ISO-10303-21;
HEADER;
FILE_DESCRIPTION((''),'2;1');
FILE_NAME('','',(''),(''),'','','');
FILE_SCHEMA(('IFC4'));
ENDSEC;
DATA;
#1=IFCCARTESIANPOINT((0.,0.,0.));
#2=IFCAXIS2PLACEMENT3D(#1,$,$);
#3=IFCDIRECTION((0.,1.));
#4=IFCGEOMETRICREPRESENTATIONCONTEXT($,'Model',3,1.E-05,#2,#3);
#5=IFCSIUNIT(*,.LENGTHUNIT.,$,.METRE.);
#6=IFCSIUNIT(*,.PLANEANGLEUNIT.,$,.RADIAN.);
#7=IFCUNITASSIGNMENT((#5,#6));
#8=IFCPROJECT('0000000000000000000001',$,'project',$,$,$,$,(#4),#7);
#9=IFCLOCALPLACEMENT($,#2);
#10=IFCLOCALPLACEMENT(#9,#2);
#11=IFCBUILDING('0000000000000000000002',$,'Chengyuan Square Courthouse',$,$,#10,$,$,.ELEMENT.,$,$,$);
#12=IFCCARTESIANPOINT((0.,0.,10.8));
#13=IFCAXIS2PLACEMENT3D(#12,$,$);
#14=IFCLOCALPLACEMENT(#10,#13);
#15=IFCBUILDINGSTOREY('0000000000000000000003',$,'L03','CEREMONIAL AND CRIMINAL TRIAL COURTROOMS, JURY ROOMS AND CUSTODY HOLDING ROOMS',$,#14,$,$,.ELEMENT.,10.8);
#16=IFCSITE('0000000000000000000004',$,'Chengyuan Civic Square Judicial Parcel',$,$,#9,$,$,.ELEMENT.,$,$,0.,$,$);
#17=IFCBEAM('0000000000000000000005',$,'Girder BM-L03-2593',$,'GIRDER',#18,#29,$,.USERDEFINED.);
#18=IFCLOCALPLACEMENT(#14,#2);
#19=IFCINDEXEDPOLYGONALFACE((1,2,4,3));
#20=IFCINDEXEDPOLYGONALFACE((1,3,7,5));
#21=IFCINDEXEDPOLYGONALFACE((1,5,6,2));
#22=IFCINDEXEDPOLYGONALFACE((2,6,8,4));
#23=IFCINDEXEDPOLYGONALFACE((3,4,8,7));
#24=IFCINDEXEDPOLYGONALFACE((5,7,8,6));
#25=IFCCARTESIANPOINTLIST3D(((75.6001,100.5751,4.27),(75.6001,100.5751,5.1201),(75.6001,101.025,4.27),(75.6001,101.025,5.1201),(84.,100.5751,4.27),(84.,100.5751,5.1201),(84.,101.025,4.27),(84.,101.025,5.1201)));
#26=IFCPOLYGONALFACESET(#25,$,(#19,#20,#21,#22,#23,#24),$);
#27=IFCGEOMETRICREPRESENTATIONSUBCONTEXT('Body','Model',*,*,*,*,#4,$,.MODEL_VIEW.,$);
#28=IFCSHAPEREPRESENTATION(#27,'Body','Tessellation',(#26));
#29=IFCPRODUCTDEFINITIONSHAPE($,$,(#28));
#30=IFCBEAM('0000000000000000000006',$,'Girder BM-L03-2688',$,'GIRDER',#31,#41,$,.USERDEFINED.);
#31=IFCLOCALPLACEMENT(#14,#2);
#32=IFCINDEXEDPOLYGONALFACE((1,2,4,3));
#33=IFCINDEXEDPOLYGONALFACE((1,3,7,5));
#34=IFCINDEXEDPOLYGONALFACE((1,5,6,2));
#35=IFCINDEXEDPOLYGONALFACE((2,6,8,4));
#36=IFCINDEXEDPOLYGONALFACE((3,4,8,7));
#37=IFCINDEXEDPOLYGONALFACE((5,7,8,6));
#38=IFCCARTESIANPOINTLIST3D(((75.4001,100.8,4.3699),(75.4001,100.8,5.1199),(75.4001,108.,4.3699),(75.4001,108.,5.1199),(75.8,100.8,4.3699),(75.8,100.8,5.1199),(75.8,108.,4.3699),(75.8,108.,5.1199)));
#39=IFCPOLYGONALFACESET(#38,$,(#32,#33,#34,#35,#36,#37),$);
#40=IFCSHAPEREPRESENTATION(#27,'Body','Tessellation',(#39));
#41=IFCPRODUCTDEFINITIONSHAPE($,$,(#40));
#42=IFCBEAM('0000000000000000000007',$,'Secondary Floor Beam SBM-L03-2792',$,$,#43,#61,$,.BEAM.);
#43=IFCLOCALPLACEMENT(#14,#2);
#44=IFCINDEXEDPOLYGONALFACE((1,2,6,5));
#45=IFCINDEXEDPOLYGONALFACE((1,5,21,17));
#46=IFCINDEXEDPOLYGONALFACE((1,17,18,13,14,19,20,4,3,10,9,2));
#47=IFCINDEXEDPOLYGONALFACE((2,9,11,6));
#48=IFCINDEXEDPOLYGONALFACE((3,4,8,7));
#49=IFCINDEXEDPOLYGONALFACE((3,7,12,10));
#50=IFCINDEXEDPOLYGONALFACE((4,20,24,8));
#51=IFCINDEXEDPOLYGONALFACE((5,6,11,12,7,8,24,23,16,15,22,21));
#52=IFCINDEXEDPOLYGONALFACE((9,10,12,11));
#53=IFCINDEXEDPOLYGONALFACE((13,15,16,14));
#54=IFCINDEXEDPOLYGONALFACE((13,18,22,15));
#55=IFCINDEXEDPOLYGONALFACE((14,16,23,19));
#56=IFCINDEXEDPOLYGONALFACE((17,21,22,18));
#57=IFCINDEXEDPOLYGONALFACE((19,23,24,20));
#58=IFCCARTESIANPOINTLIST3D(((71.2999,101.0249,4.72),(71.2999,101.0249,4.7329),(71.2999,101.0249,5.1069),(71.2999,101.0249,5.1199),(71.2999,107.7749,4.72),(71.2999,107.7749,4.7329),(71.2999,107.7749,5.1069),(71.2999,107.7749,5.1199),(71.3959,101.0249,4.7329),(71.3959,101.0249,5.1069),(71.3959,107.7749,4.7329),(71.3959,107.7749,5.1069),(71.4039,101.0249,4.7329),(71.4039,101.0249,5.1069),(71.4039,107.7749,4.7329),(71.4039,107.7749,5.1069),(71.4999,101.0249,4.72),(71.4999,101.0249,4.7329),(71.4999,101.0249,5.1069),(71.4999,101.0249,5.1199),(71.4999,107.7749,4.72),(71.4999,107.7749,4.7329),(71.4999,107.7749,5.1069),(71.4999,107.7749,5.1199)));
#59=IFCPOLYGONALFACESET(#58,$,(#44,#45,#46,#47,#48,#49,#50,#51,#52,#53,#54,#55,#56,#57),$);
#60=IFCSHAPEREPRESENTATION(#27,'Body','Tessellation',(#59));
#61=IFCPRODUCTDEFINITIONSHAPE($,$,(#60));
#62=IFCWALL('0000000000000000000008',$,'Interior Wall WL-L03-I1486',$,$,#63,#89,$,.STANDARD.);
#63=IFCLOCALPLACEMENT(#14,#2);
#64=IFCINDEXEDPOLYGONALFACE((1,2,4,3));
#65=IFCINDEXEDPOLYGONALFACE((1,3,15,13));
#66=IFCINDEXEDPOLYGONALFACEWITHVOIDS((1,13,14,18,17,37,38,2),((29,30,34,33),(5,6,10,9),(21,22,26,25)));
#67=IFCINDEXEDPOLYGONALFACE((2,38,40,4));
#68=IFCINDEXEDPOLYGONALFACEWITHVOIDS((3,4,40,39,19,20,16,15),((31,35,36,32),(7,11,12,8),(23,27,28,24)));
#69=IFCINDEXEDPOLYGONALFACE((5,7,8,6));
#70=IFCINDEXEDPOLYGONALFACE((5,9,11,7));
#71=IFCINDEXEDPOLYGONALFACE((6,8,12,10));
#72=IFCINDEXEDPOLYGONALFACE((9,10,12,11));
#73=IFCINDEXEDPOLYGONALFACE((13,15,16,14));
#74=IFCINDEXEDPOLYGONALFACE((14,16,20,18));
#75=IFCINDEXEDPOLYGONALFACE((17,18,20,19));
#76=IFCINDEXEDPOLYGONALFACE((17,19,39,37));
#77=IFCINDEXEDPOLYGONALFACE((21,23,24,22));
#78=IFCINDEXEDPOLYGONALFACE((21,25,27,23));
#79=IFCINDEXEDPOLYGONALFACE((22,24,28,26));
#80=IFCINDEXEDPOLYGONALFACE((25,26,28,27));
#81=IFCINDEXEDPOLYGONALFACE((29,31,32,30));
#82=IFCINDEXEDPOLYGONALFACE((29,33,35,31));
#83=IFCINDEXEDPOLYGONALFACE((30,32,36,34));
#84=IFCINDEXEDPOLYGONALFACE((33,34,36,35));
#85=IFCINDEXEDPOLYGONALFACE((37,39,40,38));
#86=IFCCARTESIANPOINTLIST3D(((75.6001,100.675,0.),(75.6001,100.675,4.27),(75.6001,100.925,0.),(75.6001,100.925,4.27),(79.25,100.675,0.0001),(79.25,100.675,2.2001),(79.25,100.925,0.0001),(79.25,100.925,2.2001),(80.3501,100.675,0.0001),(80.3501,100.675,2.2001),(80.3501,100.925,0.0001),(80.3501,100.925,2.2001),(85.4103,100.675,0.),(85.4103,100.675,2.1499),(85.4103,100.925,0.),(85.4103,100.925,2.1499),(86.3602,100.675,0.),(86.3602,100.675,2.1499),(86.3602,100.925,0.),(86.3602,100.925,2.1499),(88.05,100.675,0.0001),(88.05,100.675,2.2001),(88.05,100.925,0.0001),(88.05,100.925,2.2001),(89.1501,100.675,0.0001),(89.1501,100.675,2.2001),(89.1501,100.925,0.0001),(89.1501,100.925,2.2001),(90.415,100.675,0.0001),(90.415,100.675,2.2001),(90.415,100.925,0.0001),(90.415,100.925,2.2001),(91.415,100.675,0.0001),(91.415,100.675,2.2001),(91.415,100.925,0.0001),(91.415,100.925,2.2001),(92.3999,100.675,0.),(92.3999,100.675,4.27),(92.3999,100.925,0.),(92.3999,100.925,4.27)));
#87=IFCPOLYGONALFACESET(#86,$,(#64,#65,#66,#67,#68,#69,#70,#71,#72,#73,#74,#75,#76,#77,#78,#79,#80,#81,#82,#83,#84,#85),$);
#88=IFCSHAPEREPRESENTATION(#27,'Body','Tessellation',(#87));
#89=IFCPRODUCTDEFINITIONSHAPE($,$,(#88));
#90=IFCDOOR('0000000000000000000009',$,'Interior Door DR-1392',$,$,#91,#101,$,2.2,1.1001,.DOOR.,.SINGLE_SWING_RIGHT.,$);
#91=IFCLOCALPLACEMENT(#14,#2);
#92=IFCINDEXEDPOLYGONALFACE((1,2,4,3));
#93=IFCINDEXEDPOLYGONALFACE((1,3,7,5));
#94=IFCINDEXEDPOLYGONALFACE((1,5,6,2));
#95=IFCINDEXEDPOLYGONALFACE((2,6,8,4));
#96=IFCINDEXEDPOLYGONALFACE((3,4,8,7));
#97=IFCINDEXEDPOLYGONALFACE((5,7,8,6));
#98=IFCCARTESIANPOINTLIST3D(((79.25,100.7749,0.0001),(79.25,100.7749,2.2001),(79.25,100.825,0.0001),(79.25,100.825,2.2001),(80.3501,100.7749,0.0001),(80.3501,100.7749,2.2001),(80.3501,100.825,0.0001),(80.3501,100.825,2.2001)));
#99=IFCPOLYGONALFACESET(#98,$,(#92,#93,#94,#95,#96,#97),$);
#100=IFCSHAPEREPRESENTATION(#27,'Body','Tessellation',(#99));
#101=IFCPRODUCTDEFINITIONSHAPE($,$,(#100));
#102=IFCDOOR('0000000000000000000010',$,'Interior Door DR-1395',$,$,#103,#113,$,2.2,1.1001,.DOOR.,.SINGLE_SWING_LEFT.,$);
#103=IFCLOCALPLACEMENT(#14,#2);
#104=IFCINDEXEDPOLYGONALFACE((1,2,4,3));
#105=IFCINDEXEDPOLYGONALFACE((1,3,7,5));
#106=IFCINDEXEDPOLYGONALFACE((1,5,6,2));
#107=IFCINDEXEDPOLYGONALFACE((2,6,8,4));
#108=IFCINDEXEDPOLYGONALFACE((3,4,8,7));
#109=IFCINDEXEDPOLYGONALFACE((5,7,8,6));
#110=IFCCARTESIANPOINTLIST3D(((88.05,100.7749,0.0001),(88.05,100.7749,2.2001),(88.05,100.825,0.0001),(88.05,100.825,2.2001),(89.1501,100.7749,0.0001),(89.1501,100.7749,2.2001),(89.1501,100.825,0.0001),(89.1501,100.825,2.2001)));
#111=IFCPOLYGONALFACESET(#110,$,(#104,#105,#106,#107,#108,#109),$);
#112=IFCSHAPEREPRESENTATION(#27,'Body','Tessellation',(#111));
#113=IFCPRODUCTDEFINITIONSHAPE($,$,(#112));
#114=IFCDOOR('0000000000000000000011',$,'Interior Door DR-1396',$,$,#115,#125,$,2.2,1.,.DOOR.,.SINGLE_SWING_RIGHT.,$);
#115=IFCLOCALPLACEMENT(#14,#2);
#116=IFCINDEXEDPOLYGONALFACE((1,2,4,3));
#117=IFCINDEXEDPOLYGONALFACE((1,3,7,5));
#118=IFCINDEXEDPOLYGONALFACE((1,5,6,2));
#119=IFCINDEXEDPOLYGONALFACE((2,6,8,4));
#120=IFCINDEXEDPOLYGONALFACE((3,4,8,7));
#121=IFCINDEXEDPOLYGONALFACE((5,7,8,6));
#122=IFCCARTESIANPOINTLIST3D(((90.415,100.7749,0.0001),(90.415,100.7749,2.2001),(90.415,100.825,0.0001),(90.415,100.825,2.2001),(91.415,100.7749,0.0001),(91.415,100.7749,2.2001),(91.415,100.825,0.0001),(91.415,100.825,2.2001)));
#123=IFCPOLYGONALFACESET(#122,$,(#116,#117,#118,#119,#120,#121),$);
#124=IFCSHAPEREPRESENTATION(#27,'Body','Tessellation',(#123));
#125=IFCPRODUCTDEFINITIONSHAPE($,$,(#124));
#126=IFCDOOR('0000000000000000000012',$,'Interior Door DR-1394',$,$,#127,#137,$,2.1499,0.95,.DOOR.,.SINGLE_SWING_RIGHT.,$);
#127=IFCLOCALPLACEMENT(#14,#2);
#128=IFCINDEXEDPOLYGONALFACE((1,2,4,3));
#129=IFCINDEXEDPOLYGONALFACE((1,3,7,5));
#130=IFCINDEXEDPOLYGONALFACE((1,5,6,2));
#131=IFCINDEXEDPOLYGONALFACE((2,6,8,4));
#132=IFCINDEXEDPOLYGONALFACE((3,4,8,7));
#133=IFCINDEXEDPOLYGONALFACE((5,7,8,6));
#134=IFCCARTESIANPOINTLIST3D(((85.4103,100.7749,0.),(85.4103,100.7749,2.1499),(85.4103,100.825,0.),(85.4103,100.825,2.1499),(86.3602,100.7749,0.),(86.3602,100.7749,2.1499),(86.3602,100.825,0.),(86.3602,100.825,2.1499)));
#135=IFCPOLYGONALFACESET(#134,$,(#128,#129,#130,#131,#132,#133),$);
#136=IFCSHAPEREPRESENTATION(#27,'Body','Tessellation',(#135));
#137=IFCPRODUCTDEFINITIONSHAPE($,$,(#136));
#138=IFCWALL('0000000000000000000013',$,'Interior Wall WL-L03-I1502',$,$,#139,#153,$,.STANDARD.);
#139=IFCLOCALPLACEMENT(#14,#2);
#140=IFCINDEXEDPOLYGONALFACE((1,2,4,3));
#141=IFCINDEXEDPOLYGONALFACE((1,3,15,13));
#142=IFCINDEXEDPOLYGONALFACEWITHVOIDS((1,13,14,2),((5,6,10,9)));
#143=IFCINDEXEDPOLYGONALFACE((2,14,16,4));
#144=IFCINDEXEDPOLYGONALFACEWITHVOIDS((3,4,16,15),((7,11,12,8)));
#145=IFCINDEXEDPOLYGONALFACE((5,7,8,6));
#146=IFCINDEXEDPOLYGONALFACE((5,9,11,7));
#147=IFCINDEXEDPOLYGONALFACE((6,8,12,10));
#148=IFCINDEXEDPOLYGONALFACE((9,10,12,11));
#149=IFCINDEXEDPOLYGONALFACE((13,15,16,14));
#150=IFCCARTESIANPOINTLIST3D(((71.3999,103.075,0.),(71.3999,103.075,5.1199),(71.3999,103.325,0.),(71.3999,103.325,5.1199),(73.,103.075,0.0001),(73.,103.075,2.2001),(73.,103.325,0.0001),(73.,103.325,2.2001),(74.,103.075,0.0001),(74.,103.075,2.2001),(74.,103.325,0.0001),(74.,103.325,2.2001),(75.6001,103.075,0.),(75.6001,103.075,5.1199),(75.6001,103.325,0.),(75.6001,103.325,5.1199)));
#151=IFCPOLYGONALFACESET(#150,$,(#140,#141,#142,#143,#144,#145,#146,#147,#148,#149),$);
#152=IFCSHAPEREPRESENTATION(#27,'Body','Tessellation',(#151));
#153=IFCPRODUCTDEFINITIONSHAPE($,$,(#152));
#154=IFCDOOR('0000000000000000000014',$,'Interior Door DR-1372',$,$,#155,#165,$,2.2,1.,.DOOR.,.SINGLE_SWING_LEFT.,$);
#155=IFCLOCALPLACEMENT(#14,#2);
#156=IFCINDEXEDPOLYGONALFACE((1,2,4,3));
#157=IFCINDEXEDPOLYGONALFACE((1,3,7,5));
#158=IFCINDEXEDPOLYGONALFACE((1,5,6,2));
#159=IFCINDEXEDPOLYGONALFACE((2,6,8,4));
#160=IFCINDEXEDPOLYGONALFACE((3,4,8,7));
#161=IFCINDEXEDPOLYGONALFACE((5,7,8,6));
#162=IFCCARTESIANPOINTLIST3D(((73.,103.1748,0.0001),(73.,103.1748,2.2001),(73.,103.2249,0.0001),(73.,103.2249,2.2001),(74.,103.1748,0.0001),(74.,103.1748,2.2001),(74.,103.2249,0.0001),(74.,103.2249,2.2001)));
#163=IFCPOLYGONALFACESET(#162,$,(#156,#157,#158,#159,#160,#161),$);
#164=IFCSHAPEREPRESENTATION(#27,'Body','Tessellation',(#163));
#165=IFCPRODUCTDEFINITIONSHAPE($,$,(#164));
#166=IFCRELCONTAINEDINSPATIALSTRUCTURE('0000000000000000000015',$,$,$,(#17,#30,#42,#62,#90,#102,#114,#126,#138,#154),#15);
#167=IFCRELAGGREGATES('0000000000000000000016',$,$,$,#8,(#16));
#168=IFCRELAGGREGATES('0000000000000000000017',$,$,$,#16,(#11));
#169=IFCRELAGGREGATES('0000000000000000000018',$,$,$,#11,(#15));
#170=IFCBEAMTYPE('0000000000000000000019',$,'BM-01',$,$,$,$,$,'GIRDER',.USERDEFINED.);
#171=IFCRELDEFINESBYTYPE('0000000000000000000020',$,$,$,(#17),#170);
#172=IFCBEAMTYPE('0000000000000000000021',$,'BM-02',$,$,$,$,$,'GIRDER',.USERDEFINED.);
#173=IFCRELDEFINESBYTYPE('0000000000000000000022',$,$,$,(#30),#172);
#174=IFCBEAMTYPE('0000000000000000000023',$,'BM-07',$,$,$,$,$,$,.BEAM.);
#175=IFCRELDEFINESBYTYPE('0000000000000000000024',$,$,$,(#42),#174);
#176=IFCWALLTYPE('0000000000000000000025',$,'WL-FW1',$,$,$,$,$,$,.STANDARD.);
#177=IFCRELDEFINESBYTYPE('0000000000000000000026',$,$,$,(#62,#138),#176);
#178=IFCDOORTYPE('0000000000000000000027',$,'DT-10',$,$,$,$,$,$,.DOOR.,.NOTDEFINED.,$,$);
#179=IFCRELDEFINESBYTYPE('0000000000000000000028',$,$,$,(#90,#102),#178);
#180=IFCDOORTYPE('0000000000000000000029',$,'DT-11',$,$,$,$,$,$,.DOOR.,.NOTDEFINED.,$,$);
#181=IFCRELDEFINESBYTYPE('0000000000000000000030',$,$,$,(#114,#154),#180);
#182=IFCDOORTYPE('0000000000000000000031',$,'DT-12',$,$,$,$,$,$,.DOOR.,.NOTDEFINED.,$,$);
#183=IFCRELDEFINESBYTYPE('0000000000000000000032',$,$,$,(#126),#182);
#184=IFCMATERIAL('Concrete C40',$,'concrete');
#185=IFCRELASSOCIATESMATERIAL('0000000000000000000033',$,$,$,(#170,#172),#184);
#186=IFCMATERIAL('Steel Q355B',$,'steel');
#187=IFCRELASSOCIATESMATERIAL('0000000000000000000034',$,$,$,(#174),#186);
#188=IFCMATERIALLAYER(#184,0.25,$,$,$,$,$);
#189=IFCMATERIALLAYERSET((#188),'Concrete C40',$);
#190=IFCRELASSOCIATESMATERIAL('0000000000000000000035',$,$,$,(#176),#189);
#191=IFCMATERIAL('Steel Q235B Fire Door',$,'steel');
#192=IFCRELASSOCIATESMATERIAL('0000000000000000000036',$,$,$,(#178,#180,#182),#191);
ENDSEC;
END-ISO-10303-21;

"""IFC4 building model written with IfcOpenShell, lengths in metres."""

from ifc_helpers import new_model, si_unit, direction, frame, frame_2d, origin, origin_2d, place, context, subcontext, project, spatial, rectangle, i_section, extrude, material, layer, layer_set, material_profile, profile_set, type_object, element, fill, save


model = new_model("IFC4")

# Units and contexts
model_context = context("Model", 3, precision=1e-05, world=origin(), true_north=direction((0.0, 1.0)))
body_context = subcontext(model_context, "Body", "Model", "MODEL_VIEW")
ifc_project = project(units=[si_unit("LENGTHUNIT", "METRE"), si_unit("PLANEANGLEUNIT", "RADIAN")], contexts=[model_context])

# Site, building, storey
site_placement = place(None, origin())
site = spatial("IfcSite", under=ifc_project, at=site_placement, Name="Chengyuan Civic Square Judicial Parcel", CompositionType="ELEMENT", RefElevation=0.0)
building_placement = place(site_placement, origin())
building = spatial("IfcBuilding", under=site, at=building_placement, Name="Chengyuan Square Courthouse", CompositionType="ELEMENT")
storey_placement = place(building_placement, frame((0.0, 0.0, 10.8)))
storey = spatial("IfcBuildingStorey", under=building, at=storey_placement, Name="L03", Description="CEREMONIAL AND CRIMINAL TRIAL COURTROOMS, JURY ROOMS AND CUSTODY HOLDING ROOMS", CompositionType="ELEMENT", Elevation=10.8)

# Beams
ifc_material_1 = material(Name="Concrete C40", Category="concrete")
ifc_material_profile_1 = material_profile(ifc_material_1, rectangle(XDim=0.45, YDim=0.8501, at=origin_2d()), Name="RC-BM-450x850")
ifc_profile_set_1 = profile_set([ifc_material_profile_1], Name="Concrete C40")
beam_type_1 = type_object("IfcBeamType", Name="BM-01", ElementType="GIRDER", PredefinedType="USERDEFINED", material=ifc_profile_set_1)
beam_1_placement = place(storey_placement, frame((75.6001, 100.8, 4.6951), z_axis=(1.0, 0.0, 0.0), x_axis=(0.0, 1.0, 0.0)))
element("IfcBeam", 1, at=beam_1_placement, inside=storey, type_object=beam_type_1, Name="Girder BM-L03-2593", ObjectType="GIRDER", PredefinedType="USERDEFINED", context=body_context, shape_type="SweptSolid", body=[
    extrude(rectangle(XDim=0.45, YDim=0.8501, at=origin_2d()), origin(), (0.0, 0.0, 1.0), 8.3999),
])
ifc_material_profile_2 = material_profile(ifc_material_1, rectangle(XDim=0.3999, YDim=0.75, at=origin_2d()), Name="RC-BM-400x750")
ifc_profile_set_2 = profile_set([ifc_material_profile_2], Name="Concrete C40")
beam_type_2 = type_object("IfcBeamType", Name="BM-02", ElementType="GIRDER", PredefinedType="USERDEFINED", material=ifc_profile_set_2)
beam_2_placement = place(storey_placement, frame((75.6001, 100.8, 4.7449), z_axis=(0.0, 1.0, 0.0), x_axis=(-1.0, 0.0, 0.0)))
element("IfcBeam", 2, at=beam_2_placement, inside=storey, type_object=beam_type_2, Name="Girder BM-L03-2688", ObjectType="GIRDER", PredefinedType="USERDEFINED", context=body_context, shape_type="SweptSolid", body=[
    extrude(rectangle(XDim=0.3999, YDim=0.75, at=origin_2d()), origin(), (0.0, 0.0, 1.0), 7.2),
])
ifc_material_2 = material(Name="Steel Q355B", Category="steel")
ifc_material_profile_3 = material_profile(ifc_material_2, i_section(OverallWidth=0.2, OverallDepth=0.3999, WebThickness=0.0081, FlangeThickness=0.0129, at=origin_2d()), Name="HN 400x200x8x13")
ifc_profile_set_3 = profile_set([ifc_material_profile_3], Name="Steel Q355B")
beam_type_3 = type_object("IfcBeamType", Name="BM-07", PredefinedType="BEAM", material=ifc_profile_set_3)
beam_3_placement = place(storey_placement, frame((71.3999, 101.0249, 4.9199), z_axis=(0.0, 1.0, 0.0), x_axis=(-1.0, 0.0, 0.0)))
element("IfcBeam", 3, at=beam_3_placement, inside=storey, type_object=beam_type_3, Name="Secondary Floor Beam SBM-L03-2792", PredefinedType="BEAM", context=body_context, shape_type="SweptSolid", body=[
    extrude(i_section(OverallWidth=0.2, OverallDepth=0.3999, WebThickness=0.0081, FlangeThickness=0.0129, at=origin_2d()), origin(), (0.0, 0.0, 1.0), 6.75),
])

# Wall, openings, doors
ifc_layer_1 = layer(ifc_material_1, 0.25)
ifc_layer_set_1 = layer_set([ifc_layer_1], Name="Concrete C40")
wall_type_1 = type_object("IfcWallType", Name="WL-FW1", PredefinedType="STANDARD", material=ifc_layer_set_1)
wall_1_placement = place(storey_placement, frame((75.6001, 100.8, 0.0), z_axis=(0.0, 0.0, 1.0), x_axis=(1.0, 0.0, 0.0)))
wall_1 = element("IfcWall", 4, at=wall_1_placement, inside=storey, type_object=wall_type_1, Name="Interior Wall WL-L03-I1486", PredefinedType="STANDARD", context=body_context, shape_type="SweptSolid", body=[
    extrude(rectangle(XDim=16.7998, YDim=0.25, at=frame_2d((8.3999, 0.0))), origin(), (0.0, 0.0, 1.0), 4.27),
])
opening_1_placement = place(wall_1_placement, frame((3.6499, 0.0, 0.0)))
opening_1 = element("IfcOpeningElement", 5, at=opening_1_placement, cuts=wall_1, PredefinedType="OPENING", context=body_context, shape_type="SweptSolid", body=[
    extrude(rectangle(XDim=1.1001, YDim=2.2, at=frame_2d((0.55, 1.1001))), frame((0.0, 0.137, 0.0), z_axis=(0.0, -1.0, 0.0), x_axis=(1.0, 0.0, 0.0)), (0.0, 0.0, 1.0), 0.2739),
])
opening_2_placement = place(wall_1_placement, frame((9.8101, 0.0, 0.0)))
opening_2 = element("IfcOpeningElement", 6, at=opening_2_placement, cuts=wall_1, PredefinedType="OPENING", context=body_context, shape_type="SweptSolid", body=[
    extrude(rectangle(XDim=0.95, YDim=2.1499, at=frame_2d((0.4751, 1.075))), frame((0.0, 0.137, 0.0), z_axis=(0.0, -1.0, 0.0), x_axis=(1.0, 0.0, 0.0)), (0.0, 0.0, 1.0), 0.2739),
])
opening_3_placement = place(wall_1_placement, frame((12.45, 0.0, 0.0)))
opening_3 = element("IfcOpeningElement", 7, at=opening_3_placement, cuts=wall_1, PredefinedType="OPENING", context=body_context, shape_type="SweptSolid", body=[
    extrude(rectangle(XDim=1.1001, YDim=2.2, at=frame_2d((0.55, 1.1001))), frame((0.0, 0.137, 0.0), z_axis=(0.0, -1.0, 0.0), x_axis=(1.0, 0.0, 0.0)), (0.0, 0.0, 1.0), 0.2739),
])
opening_4_placement = place(wall_1_placement, frame((14.8149, 0.0, 0.0)))
opening_4 = element("IfcOpeningElement", 8, at=opening_4_placement, cuts=wall_1, PredefinedType="OPENING", context=body_context, shape_type="SweptSolid", body=[
    extrude(rectangle(XDim=1.0, YDim=2.2, at=frame_2d((0.5, 1.1001))), frame((0.0, 0.137, 0.0), z_axis=(0.0, -1.0, 0.0), x_axis=(1.0, 0.0, 0.0)), (0.0, 0.0, 1.0), 0.2739),
])
ifc_material_3 = material(Name="Steel Q235B Fire Door", Category="steel")
door_type_1 = type_object("IfcDoorType", Name="DT-10", OperationType="NOTDEFINED", PredefinedType="DOOR", material=ifc_material_3)
door_1_placement = place(opening_1_placement, origin())
door_1 = element("IfcDoor", 9, at=door_1_placement, inside=storey, type_object=door_type_1, Name="Interior Door DR-1392", OperationType="SINGLE_SWING_RIGHT", OverallHeight=2.2, OverallWidth=1.1001, PredefinedType="DOOR", context=body_context, shape_type="SweptSolid", body=[
    extrude(rectangle(XDim=1.1001, YDim=2.2, at=frame_2d((0.55, 1.1001))), frame((0.0, 0.0249, 0.0), z_axis=(0.0, -1.0, 0.0), x_axis=(1.0, 0.0, 0.0)), (0.0, 0.0, 1.0), 0.05),
])
fill(opening_1, door_1)
door_2_placement = place(opening_3_placement, origin())
door_2 = element("IfcDoor", 10, at=door_2_placement, inside=storey, type_object=door_type_1, Name="Interior Door DR-1395", OperationType="SINGLE_SWING_LEFT", OverallHeight=2.2, OverallWidth=1.1001, PredefinedType="DOOR", context=body_context, shape_type="SweptSolid", body=[
    extrude(rectangle(XDim=1.1001, YDim=2.2, at=frame_2d((0.55, 1.1001))), frame((0.0, 0.0249, 0.0), z_axis=(0.0, -1.0, 0.0), x_axis=(1.0, 0.0, 0.0)), (0.0, 0.0, 1.0), 0.05),
])
fill(opening_3, door_2)
door_type_2 = type_object("IfcDoorType", Name="DT-11", OperationType="NOTDEFINED", PredefinedType="DOOR", material=ifc_material_3)
door_3_placement = place(opening_4_placement, origin())
door_3 = element("IfcDoor", 11, at=door_3_placement, inside=storey, type_object=door_type_2, Name="Interior Door DR-1396", OperationType="SINGLE_SWING_RIGHT", OverallHeight=2.2, OverallWidth=1.0, PredefinedType="DOOR", context=body_context, shape_type="SweptSolid", body=[
    extrude(rectangle(XDim=1.0, YDim=2.2, at=frame_2d((0.5, 1.1001))), frame((0.0, 0.0249, 0.0), z_axis=(0.0, -1.0, 0.0), x_axis=(1.0, 0.0, 0.0)), (0.0, 0.0, 1.0), 0.05),
])
fill(opening_4, door_3)
door_type_3 = type_object("IfcDoorType", Name="DT-12", OperationType="NOTDEFINED", PredefinedType="DOOR", material=ifc_material_3)
door_4_placement = place(opening_2_placement, origin())
door_4 = element("IfcDoor", 12, at=door_4_placement, inside=storey, type_object=door_type_3, Name="Interior Door DR-1394", OperationType="SINGLE_SWING_RIGHT", OverallHeight=2.1499, OverallWidth=0.95, PredefinedType="DOOR", context=body_context, shape_type="SweptSolid", body=[
    extrude(rectangle(XDim=0.95, YDim=2.1499, at=frame_2d((0.4751, 1.075))), frame((0.0, 0.0249, 0.0), z_axis=(0.0, -1.0, 0.0), x_axis=(1.0, 0.0, 0.0)), (0.0, 0.0, 1.0), 0.05),
])
fill(opening_2, door_4)

# Wall, opening, door
wall_2_placement = place(storey_placement, frame((71.3999, 103.2, 0.0), z_axis=(0.0, 0.0, 1.0), x_axis=(1.0, 0.0, 0.0)))
wall_2 = element("IfcWall", 13, at=wall_2_placement, inside=storey, type_object=wall_type_1, Name="Interior Wall WL-L03-I1502", PredefinedType="STANDARD", context=body_context, shape_type="SweptSolid", body=[
    extrude(rectangle(XDim=4.2002, YDim=0.25, at=frame_2d((2.1001, 0.0))), origin(), (0.0, 0.0, 1.0), 5.1199),
])
opening_5_placement = place(wall_2_placement, frame((1.6001, 0.0, 0.0)))
opening_5 = element("IfcOpeningElement", 14, at=opening_5_placement, cuts=wall_2, PredefinedType="OPENING", context=body_context, shape_type="SweptSolid", body=[
    extrude(rectangle(XDim=1.0, YDim=2.2, at=frame_2d((0.5, 1.1001))), frame((0.0, 0.137, 0.0), z_axis=(0.0, -1.0, 0.0), x_axis=(1.0, 0.0, 0.0)), (0.0, 0.0, 1.0), 0.2739),
])
door_5_placement = place(opening_5_placement, origin())
door_5 = element("IfcDoor", 15, at=door_5_placement, inside=storey, type_object=door_type_2, Name="Interior Door DR-1372", OperationType="SINGLE_SWING_LEFT", OverallHeight=2.2, OverallWidth=1.0, PredefinedType="DOOR", context=body_context, shape_type="SweptSolid", body=[
    extrude(rectangle(XDim=1.0, YDim=2.2, at=frame_2d((0.5, 1.1001))), frame((0.0, 0.0249, 0.0), z_axis=(0.0, -1.0, 0.0), x_axis=(1.0, 0.0, 0.0)), (0.0, 0.0, 1.0), 0.05),
])
fill(opening_5, door_5)

save(model, "model.ifc")
